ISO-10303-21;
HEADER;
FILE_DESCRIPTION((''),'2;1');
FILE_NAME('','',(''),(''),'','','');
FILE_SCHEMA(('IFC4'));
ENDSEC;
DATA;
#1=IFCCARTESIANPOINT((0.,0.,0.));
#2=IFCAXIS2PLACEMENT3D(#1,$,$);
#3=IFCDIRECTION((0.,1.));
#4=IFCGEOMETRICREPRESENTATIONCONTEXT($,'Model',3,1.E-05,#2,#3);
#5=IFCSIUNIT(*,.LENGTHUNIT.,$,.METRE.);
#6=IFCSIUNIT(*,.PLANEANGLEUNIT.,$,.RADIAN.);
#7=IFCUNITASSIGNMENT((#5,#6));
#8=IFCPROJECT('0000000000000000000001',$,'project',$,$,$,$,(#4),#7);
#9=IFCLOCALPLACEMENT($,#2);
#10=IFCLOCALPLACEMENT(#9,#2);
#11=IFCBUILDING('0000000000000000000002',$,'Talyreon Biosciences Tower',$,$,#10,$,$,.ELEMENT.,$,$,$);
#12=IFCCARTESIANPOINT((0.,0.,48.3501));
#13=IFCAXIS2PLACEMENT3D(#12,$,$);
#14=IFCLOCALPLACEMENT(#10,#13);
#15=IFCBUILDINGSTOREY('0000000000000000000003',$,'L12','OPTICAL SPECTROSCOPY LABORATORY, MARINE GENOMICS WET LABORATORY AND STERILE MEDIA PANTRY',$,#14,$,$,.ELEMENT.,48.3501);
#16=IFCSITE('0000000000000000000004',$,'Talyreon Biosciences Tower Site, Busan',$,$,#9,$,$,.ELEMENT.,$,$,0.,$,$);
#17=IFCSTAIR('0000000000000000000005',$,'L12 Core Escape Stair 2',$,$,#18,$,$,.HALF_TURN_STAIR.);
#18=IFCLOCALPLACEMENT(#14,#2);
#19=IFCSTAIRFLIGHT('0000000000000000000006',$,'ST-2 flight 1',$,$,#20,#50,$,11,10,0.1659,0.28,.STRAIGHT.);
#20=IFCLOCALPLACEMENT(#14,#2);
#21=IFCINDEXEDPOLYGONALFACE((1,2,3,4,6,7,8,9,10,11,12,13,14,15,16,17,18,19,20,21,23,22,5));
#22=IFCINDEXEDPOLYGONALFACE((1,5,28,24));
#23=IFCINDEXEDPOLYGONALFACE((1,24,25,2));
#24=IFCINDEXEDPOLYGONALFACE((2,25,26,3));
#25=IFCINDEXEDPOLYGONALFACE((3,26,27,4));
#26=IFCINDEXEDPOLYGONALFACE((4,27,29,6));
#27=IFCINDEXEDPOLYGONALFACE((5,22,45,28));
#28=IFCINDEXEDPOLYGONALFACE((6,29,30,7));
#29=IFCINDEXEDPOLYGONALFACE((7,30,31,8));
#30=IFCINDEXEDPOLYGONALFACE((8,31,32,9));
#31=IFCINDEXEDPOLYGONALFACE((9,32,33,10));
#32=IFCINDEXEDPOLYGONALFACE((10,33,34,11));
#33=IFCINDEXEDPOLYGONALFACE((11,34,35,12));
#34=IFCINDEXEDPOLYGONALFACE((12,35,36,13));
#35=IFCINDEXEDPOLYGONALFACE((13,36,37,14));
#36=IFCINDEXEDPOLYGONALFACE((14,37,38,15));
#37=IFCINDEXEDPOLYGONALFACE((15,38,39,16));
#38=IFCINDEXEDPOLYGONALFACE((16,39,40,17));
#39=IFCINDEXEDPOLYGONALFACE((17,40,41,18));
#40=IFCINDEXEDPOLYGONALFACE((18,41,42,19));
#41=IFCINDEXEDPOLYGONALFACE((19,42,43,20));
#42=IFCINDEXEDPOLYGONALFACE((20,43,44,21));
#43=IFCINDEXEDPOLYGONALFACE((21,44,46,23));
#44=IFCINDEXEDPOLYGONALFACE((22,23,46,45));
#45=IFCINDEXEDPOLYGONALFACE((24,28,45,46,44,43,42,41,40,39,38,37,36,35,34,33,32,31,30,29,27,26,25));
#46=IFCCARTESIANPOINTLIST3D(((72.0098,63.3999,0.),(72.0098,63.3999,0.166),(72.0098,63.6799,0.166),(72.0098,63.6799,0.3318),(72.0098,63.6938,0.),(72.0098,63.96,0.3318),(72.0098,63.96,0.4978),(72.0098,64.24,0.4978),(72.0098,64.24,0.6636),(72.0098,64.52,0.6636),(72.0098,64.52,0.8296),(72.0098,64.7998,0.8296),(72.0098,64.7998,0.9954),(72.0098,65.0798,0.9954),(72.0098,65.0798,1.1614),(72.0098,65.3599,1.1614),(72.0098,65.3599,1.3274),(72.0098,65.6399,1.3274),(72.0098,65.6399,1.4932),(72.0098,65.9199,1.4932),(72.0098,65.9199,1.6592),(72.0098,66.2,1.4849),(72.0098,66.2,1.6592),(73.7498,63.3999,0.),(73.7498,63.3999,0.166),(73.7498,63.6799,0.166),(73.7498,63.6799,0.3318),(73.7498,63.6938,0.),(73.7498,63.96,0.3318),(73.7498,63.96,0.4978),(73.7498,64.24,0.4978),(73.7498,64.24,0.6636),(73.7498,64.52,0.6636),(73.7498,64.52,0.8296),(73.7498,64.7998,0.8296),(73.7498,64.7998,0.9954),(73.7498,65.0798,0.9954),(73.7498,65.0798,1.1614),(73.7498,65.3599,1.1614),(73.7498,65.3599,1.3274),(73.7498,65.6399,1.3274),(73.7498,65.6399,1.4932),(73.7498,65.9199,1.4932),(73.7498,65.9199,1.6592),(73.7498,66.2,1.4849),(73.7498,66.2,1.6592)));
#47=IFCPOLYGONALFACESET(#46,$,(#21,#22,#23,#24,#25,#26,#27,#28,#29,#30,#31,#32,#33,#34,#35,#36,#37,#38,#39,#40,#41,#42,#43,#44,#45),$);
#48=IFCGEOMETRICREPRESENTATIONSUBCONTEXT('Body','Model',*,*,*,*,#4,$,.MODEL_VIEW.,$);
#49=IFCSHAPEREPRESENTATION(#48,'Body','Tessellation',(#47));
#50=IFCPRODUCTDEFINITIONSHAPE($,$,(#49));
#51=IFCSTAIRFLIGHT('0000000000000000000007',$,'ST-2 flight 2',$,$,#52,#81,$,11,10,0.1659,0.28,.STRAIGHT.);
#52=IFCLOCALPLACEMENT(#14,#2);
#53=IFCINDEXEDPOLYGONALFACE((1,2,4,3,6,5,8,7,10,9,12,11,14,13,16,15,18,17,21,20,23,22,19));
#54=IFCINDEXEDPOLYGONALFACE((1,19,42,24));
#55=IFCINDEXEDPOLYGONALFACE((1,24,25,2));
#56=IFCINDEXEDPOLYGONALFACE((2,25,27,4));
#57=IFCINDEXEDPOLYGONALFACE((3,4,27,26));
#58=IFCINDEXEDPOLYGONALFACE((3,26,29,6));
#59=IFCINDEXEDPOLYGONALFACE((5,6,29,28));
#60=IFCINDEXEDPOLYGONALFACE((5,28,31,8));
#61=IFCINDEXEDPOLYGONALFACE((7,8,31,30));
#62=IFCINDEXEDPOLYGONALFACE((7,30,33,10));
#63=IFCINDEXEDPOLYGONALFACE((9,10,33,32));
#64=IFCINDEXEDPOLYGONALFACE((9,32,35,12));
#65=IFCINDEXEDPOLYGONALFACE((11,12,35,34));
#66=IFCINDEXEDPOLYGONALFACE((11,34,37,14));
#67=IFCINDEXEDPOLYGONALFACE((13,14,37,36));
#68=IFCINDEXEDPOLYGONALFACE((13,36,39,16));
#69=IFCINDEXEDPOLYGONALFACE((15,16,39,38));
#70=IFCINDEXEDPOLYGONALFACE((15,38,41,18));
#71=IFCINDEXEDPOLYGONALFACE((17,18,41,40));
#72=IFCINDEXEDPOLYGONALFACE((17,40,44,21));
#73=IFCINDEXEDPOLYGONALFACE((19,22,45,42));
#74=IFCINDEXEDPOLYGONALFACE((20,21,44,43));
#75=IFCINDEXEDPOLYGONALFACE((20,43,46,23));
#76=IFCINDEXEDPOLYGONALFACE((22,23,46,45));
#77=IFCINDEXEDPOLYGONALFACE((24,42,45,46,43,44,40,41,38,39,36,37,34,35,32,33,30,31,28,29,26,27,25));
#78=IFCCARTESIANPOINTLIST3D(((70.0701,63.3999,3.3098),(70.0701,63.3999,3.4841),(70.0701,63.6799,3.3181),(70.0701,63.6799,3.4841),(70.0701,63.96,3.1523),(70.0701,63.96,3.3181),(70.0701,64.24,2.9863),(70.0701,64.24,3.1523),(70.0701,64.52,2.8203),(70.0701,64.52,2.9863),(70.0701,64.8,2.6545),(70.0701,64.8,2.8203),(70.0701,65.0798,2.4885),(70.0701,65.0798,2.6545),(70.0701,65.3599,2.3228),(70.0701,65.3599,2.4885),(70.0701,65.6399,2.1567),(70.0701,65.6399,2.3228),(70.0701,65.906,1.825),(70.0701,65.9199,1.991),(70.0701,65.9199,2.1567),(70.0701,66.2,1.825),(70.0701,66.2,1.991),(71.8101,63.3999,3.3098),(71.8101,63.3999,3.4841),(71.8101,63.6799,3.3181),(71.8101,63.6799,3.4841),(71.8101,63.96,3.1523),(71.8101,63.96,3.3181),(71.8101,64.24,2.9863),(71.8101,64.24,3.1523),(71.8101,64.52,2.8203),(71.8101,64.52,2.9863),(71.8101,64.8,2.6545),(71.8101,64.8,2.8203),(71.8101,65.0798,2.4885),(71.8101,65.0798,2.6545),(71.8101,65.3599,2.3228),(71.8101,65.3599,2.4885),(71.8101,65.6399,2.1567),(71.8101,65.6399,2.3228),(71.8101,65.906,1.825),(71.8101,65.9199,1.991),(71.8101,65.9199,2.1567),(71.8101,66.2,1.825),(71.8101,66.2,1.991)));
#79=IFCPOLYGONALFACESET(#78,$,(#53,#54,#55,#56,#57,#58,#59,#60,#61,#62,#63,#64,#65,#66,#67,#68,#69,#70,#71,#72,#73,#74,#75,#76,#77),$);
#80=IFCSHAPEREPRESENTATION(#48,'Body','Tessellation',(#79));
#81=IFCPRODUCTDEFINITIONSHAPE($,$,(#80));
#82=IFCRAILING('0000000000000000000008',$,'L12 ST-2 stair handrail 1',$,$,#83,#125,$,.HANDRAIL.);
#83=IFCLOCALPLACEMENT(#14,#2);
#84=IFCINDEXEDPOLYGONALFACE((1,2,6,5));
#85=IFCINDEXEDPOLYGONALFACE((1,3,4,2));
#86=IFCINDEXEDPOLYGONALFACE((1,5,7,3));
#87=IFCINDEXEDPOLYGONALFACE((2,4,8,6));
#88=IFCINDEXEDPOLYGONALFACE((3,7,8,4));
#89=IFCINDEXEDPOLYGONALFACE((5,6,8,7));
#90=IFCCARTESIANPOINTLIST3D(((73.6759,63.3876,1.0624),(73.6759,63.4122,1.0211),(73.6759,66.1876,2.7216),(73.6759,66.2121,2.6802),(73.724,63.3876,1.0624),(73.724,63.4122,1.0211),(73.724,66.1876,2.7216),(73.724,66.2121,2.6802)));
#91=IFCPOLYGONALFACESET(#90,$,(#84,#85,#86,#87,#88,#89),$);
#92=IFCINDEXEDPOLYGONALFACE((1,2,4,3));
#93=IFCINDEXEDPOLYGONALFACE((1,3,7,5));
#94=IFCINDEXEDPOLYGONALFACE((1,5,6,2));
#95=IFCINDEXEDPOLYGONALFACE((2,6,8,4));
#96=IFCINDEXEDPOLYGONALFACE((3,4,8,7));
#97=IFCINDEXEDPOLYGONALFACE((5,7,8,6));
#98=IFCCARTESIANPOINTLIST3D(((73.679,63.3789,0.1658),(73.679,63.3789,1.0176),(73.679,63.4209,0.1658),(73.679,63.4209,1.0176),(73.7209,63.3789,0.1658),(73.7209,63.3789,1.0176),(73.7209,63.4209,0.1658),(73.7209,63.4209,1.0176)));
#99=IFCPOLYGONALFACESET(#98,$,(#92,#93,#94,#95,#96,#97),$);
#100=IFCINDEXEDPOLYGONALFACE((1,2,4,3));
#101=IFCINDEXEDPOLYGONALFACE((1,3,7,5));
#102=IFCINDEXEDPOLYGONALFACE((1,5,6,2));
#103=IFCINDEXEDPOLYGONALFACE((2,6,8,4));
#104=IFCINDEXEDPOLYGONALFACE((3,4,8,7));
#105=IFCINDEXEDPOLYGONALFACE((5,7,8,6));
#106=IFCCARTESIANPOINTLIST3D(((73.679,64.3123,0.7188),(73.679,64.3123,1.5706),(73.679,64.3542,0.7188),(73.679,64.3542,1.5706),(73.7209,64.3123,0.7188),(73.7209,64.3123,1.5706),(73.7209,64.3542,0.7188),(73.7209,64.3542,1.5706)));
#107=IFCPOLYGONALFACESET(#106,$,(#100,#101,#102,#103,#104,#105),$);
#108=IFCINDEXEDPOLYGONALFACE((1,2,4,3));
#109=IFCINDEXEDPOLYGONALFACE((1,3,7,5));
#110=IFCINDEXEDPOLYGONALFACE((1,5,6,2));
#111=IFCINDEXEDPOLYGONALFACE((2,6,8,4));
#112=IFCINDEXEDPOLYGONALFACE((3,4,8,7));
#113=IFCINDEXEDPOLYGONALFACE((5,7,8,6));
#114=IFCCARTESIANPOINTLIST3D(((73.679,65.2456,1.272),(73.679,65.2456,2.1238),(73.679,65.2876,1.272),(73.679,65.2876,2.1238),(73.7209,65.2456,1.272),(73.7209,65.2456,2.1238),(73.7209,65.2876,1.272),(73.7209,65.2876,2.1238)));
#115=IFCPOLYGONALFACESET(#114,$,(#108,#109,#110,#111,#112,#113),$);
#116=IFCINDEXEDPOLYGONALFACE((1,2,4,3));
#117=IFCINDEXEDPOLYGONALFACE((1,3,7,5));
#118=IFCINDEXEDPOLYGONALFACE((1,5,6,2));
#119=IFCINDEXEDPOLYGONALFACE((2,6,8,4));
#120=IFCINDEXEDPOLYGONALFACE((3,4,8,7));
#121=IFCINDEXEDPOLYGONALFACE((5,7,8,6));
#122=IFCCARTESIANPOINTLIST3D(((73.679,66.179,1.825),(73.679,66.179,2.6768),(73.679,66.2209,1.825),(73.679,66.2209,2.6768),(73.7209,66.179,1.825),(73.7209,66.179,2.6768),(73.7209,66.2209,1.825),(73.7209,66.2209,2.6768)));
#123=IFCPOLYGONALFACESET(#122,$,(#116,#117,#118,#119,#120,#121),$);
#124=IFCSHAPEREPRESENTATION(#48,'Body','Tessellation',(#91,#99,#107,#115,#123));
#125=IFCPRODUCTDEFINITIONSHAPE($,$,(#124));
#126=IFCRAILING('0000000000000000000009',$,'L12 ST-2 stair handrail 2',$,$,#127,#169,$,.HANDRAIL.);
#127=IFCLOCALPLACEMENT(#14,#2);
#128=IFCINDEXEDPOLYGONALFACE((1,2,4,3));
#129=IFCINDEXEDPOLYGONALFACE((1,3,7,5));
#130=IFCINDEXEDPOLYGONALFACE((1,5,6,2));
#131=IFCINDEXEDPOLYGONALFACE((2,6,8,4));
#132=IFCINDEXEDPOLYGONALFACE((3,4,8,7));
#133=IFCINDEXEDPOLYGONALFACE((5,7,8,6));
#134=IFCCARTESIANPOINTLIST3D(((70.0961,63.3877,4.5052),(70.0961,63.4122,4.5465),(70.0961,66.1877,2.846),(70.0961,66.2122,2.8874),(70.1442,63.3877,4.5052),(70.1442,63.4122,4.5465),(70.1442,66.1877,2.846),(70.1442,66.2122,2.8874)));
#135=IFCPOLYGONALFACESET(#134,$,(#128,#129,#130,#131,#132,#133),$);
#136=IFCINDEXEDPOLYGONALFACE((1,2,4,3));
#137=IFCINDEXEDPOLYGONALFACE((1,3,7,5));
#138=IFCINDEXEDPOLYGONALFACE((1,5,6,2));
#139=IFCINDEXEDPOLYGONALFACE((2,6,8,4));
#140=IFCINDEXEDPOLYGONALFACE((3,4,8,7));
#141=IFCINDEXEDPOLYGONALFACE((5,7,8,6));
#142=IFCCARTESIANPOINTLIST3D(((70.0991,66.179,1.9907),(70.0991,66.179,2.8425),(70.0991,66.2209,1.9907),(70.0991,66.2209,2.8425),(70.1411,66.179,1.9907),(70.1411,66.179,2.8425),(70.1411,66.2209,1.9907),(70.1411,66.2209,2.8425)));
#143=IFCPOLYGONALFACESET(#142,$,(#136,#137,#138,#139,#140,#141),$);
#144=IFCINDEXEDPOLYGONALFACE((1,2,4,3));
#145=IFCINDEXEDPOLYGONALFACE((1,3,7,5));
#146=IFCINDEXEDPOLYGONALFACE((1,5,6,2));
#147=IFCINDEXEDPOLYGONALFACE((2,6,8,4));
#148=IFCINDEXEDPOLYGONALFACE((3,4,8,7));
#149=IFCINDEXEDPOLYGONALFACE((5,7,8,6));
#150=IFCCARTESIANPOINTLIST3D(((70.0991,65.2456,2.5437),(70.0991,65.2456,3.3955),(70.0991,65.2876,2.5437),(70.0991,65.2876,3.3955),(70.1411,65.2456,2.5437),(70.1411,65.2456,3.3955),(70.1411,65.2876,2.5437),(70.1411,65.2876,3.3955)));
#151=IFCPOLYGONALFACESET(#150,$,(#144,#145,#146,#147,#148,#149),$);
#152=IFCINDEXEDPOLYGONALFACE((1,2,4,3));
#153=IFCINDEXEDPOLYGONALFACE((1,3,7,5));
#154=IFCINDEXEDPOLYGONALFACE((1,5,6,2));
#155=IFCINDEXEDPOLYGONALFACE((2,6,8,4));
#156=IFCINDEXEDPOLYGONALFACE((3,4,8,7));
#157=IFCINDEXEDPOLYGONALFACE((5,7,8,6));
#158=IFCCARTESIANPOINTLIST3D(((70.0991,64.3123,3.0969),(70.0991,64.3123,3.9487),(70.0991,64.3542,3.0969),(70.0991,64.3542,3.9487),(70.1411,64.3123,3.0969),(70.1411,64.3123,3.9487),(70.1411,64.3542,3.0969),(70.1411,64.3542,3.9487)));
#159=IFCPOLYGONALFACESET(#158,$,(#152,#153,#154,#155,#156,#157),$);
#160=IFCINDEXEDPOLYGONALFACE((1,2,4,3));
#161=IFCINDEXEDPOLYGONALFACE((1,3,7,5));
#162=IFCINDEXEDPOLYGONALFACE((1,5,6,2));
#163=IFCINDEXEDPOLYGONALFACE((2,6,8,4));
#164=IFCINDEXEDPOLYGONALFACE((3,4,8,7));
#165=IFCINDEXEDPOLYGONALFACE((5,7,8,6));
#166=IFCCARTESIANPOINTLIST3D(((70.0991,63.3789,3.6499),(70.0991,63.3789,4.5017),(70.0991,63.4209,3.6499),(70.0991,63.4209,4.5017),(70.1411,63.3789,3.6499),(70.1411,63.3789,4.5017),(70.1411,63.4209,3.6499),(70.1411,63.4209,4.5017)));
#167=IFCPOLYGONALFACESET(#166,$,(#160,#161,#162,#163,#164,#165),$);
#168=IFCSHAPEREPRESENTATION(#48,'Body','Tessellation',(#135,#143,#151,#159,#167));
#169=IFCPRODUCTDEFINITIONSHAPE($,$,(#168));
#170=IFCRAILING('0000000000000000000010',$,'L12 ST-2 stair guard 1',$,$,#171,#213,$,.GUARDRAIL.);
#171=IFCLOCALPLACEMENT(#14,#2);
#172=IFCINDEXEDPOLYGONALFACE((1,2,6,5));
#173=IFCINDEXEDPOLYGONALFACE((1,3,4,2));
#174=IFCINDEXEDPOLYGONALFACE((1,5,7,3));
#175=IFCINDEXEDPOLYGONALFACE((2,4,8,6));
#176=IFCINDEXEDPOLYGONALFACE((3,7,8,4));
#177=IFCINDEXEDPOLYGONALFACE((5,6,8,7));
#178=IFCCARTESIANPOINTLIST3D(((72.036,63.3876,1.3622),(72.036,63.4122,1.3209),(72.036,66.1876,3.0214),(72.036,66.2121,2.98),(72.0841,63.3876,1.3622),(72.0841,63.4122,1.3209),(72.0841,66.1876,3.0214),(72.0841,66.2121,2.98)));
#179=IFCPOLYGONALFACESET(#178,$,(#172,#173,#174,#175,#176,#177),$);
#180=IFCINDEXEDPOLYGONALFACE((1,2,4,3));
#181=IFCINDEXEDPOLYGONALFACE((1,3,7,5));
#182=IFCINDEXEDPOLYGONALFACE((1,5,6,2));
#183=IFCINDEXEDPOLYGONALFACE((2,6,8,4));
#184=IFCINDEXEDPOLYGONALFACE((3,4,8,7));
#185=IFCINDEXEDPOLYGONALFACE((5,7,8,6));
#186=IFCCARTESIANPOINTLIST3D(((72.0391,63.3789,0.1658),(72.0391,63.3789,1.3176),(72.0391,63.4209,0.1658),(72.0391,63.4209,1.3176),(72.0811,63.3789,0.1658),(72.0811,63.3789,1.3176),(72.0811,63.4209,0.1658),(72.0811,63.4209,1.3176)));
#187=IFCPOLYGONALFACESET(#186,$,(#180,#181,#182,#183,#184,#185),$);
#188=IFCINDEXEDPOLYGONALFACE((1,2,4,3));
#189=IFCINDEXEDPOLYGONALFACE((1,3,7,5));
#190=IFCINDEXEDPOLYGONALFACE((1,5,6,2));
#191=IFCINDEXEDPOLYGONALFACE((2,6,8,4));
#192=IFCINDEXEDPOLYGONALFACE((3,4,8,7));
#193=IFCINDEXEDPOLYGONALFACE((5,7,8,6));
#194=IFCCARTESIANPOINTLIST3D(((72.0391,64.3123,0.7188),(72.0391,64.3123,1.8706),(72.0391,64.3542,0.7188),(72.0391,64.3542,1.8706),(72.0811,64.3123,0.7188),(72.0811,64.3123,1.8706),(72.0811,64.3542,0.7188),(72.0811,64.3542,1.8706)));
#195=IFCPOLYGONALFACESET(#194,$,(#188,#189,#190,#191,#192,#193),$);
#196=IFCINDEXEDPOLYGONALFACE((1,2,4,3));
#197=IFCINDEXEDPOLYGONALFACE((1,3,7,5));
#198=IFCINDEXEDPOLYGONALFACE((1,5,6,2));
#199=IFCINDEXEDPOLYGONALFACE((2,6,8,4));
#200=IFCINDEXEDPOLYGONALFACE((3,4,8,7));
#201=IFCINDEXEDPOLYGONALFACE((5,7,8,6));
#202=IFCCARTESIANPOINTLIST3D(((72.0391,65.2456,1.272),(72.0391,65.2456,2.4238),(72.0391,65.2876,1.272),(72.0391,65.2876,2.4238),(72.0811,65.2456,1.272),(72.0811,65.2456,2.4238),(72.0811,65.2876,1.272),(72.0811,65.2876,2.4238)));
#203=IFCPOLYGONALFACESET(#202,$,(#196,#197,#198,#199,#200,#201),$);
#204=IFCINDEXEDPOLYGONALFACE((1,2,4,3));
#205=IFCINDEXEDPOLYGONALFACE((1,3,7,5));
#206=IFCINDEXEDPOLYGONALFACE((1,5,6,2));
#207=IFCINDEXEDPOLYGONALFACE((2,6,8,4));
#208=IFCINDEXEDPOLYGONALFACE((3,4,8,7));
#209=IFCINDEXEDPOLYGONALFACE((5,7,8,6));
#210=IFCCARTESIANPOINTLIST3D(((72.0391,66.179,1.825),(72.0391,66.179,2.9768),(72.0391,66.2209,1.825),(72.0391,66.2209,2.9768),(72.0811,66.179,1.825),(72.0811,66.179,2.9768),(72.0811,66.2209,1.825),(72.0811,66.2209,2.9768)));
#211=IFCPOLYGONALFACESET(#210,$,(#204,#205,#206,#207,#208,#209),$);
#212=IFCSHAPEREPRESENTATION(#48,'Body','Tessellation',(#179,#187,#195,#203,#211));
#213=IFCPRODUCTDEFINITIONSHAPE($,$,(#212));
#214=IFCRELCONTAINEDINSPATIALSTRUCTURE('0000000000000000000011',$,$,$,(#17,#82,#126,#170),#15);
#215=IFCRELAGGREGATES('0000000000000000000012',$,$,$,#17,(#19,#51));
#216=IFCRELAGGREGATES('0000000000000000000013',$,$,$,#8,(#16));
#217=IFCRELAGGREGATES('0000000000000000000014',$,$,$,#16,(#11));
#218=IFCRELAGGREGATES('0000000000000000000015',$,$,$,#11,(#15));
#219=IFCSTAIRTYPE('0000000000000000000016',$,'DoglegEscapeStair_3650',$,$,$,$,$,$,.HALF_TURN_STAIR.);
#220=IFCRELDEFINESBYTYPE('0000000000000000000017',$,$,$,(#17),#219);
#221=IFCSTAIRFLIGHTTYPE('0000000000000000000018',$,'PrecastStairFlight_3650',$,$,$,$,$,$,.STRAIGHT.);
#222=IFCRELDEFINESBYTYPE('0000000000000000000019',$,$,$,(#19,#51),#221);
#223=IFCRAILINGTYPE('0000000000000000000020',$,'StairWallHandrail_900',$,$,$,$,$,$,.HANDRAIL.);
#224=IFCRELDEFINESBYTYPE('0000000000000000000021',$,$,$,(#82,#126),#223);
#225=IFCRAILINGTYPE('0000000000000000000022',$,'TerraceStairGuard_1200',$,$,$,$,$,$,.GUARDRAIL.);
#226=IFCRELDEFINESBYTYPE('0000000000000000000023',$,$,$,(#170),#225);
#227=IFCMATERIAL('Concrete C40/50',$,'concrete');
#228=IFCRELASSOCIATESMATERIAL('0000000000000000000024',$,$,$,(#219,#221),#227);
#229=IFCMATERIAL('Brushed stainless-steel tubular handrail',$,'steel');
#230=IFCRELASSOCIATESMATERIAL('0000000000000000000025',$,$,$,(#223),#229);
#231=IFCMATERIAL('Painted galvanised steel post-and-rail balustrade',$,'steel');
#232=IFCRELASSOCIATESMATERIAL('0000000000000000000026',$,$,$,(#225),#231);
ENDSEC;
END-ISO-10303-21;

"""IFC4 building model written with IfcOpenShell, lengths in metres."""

from ifc_helpers import new_model, si_unit, direction, frame, origin, origin_2d, place, context, subcontext, project, spatial, polyline, rectangle, outline, extrude, material, type_object, element, aggregate, save


model = new_model("IFC4")

# Units and contexts
model_context = context("Model", 3, precision=1e-05, world=origin(), true_north=direction((0.0, 1.0)))
body_context = subcontext(model_context, "Body", "Model", "MODEL_VIEW")
ifc_project = project(units=[si_unit("LENGTHUNIT", "METRE"), si_unit("PLANEANGLEUNIT", "RADIAN")], contexts=[model_context])

# Site, building, storey
site_placement = place(None, origin())
site = spatial("IfcSite", under=ifc_project, at=site_placement, Name="Talyreon Biosciences Tower Site, Busan", CompositionType="ELEMENT", RefElevation=0.0)
building_placement = place(site_placement, origin())
building = spatial("IfcBuilding", under=site, at=building_placement, Name="Talyreon Biosciences Tower", CompositionType="ELEMENT")
storey_placement = place(building_placement, frame((0.0, 0.0, 48.3501)))
storey = spatial("IfcBuildingStorey", under=building, at=storey_placement, Name="L12", Description="OPTICAL SPECTROSCOPY LABORATORY, MARINE GENOMICS WET LABORATORY AND STERILE MEDIA PANTRY", CompositionType="ELEMENT", Elevation=48.3501)

# Stair, stair flights
ifc_material_1 = material(Name="Concrete C40/50", Category="concrete")
stair_type = type_object("IfcStairType", Name="DoglegEscapeStair_3650", PredefinedType="HALF_TURN_STAIR", material=ifc_material_1)
stair_placement = place(storey_placement, origin())
stair = element("IfcStair", 1, at=stair_placement, inside=storey, type_object=stair_type, Name="L12 Core Escape Stair 2", PredefinedType="HALF_TURN_STAIR")
stair_flight_type = type_object("IfcStairFlightType", Name="PrecastStairFlight_3650", PredefinedType="STRAIGHT", material=ifc_material_1)
stair_flight_1_placement = place(storey_placement, frame((72.8799, 63.3999, 0.0), z_axis=(0.0, 0.0, 1.0), x_axis=(0.0, 1.0, 0.0)))
stair_flight_1 = element("IfcStairFlight", 2, at=stair_flight_1_placement, type_object=stair_flight_type, Name="ST-2 flight 1", NumberOfRisers=11, NumberOfTreads=10, PredefinedType="STRAIGHT", RiserHeight=0.1659, TreadLength=0.28, context=body_context, shape_type="SweptSolid", body=[
    extrude(outline(polyline([(0.0, 0.0), (0.0, 0.166), (0.28, 0.166), (0.28, 0.3318), (0.5601, 0.3318), (0.5601, 0.4978), (0.8401, 0.4978), (0.8401, 0.6636), (1.1201, 0.6636), (1.1201, 0.8296), (1.3999, 0.8296), (1.3999, 0.9954), (1.6799, 0.9954), (1.6799, 1.1614), (1.96, 1.1614), (1.96, 1.3274), (2.24, 1.3274), (2.24, 1.4932), (2.52, 1.4932), (2.52, 1.6592), (2.8, 1.6592), (2.8, 1.825), (2.8, 1.4849), (0.2939, 0.0), (0.0, 0.0)])), frame((0.0, 0.8701, 0.0), z_axis=(0.0, -1.0, 0.0), x_axis=(1.0, 0.0, 0.0)), (0.0, 0.0, 1.0), 1.74),
])
stair_flight_2_placement = place(storey_placement, frame((70.9399, 66.2, 1.825), z_axis=(0.0, 0.0, 1.0), x_axis=(0.0, -1.0, 0.0)))
stair_flight_2 = element("IfcStairFlight", 3, at=stair_flight_2_placement, type_object=stair_flight_type, Name="ST-2 flight 2", NumberOfRisers=11, NumberOfTreads=10, PredefinedType="STRAIGHT", RiserHeight=0.1659, TreadLength=0.28, context=body_context, shape_type="SweptSolid", body=[
    extrude(outline(polyline([(0.0, 0.0), (0.0, 0.166), (0.28, 0.166), (0.28, 0.3318), (0.5601, 0.3318), (0.5601, 0.4978), (0.8401, 0.4978), (0.8401, 0.6636), (1.1201, 0.6636), (1.1201, 0.8296), (1.3999, 0.8296), (1.3999, 0.9954), (1.6799, 0.9954), (1.6799, 1.1614), (1.96, 1.1614), (1.96, 1.3274), (2.24, 1.3274), (2.24, 1.4932), (2.52, 1.4932), (2.52, 1.6592), (2.8, 1.6592), (2.8, 1.825), (2.8, 1.4849), (0.2939, 0.0), (0.0, 0.0)])), frame((0.0, 0.8701, 0.0), z_axis=(0.0, -1.0, 0.0), x_axis=(1.0, 0.0, 0.0)), (0.0, 0.0, 1.0), 1.74),
])
aggregate(stair, [stair_flight_1, stair_flight_2])

# Railings
ifc_material_2 = material(Name="Brushed stainless-steel tubular handrail", Category="steel")
railing_type_1 = type_object("IfcRailingType", Name="StairWallHandrail_900", PredefinedType="HANDRAIL", material=ifc_material_2)
railing_1_placement = place(storey_placement, frame((73.7, 63.3999, 0.1658)))
element("IfcRailing", 4, at=railing_1_placement, inside=storey, type_object=railing_type_1, Name="L12 ST-2 stair handrail 1", PredefinedType="HANDRAIL", context=body_context, shape_type="SweptSolid", body=[
    extrude(rectangle(XDim=0.0481, YDim=0.0481, at=origin_2d()), frame((0.0, 0.0, 0.876), z_axis=(0.0, 0.860306, 0.509778), x_axis=(-1.0, 0.0, 0.0)), (0.0, 0.0, 1.0), 3.2546),
    extrude(rectangle(XDim=0.042, YDim=0.042, at=origin_2d()), origin(), (0.0, 0.0, 1.0), 0.8518),
    extrude(rectangle(XDim=0.042, YDim=0.042, at=origin_2d()), frame((0.0, 0.9333, 0.553)), (0.0, 0.0, 1.0), 0.8518),
    extrude(rectangle(XDim=0.042, YDim=0.042, at=origin_2d()), frame((0.0, 1.8667, 1.1062)), (0.0, 0.0, 1.0), 0.8518),
    extrude(rectangle(XDim=0.042, YDim=0.042, at=origin_2d()), frame((0.0, 2.8, 1.6592)), (0.0, 0.0, 1.0), 0.8518),
])
railing_2_placement = place(storey_placement, frame((70.1201, 66.2, 1.9907)))
element("IfcRailing", 5, at=railing_2_placement, inside=storey, type_object=railing_type_1, Name="L12 ST-2 stair handrail 2", PredefinedType="HANDRAIL", context=body_context, shape_type="SweptSolid", body=[
    extrude(rectangle(XDim=0.0481, YDim=0.0481, at=origin_2d()), frame((0.0, 0.0, 0.876), z_axis=(0.0, -0.860306, 0.509778), x_axis=(1.0, 0.0, 0.0)), (0.0, 0.0, 1.0), 3.2546),
    extrude(rectangle(XDim=0.042, YDim=0.042, at=origin_2d()), origin(), (0.0, 0.0, 1.0), 0.8518),
    extrude(rectangle(XDim=0.042, YDim=0.042, at=origin_2d()), frame((0.0, -0.9333, 0.553)), (0.0, 0.0, 1.0), 0.8518),
    extrude(rectangle(XDim=0.042, YDim=0.042, at=origin_2d()), frame((0.0, -1.8667, 1.1062)), (0.0, 0.0, 1.0), 0.8518),
    extrude(rectangle(XDim=0.042, YDim=0.042, at=origin_2d()), frame((0.0, -2.8, 1.6592)), (0.0, 0.0, 1.0), 0.8518),
])
ifc_material_3 = material(Name="Painted galvanised steel post-and-rail balustrade", Category="steel")
railing_type_2 = type_object("IfcRailingType", Name="TerraceStairGuard_1200", PredefinedType="GUARDRAIL", material=ifc_material_3)
railing_3_placement = place(storey_placement, frame((72.0601, 63.3999, 0.1658)))
element("IfcRailing", 6, at=railing_3_placement, inside=storey, type_object=railing_type_2, Name="L12 ST-2 stair guard 1", PredefinedType="GUARDRAIL", context=body_context, shape_type="SweptSolid", body=[
    extrude(rectangle(XDim=0.0481, YDim=0.0481, at=origin_2d()), frame((0.0, 0.0, 1.1758), z_axis=(0.0, 0.860306, 0.509778), x_axis=(-1.0, 0.0, 0.0)), (0.0, 0.0, 1.0), 3.2546),
    extrude(rectangle(XDim=0.042, YDim=0.042, at=origin_2d()), origin(), (0.0, 0.0, 1.0), 1.1519),
    extrude(rectangle(XDim=0.042, YDim=0.042, at=origin_2d()), frame((0.0, 0.9333, 0.553)), (0.0, 0.0, 1.0), 1.1519),
    extrude(rectangle(XDim=0.042, YDim=0.042, at=origin_2d()), frame((0.0, 1.8667, 1.1062)), (0.0, 0.0, 1.0), 1.1519),
    extrude(rectangle(XDim=0.042, YDim=0.042, at=origin_2d()), frame((0.0, 2.8, 1.6592)), (0.0, 0.0, 1.0), 1.1519),
])

save(model, "model.ifc")
